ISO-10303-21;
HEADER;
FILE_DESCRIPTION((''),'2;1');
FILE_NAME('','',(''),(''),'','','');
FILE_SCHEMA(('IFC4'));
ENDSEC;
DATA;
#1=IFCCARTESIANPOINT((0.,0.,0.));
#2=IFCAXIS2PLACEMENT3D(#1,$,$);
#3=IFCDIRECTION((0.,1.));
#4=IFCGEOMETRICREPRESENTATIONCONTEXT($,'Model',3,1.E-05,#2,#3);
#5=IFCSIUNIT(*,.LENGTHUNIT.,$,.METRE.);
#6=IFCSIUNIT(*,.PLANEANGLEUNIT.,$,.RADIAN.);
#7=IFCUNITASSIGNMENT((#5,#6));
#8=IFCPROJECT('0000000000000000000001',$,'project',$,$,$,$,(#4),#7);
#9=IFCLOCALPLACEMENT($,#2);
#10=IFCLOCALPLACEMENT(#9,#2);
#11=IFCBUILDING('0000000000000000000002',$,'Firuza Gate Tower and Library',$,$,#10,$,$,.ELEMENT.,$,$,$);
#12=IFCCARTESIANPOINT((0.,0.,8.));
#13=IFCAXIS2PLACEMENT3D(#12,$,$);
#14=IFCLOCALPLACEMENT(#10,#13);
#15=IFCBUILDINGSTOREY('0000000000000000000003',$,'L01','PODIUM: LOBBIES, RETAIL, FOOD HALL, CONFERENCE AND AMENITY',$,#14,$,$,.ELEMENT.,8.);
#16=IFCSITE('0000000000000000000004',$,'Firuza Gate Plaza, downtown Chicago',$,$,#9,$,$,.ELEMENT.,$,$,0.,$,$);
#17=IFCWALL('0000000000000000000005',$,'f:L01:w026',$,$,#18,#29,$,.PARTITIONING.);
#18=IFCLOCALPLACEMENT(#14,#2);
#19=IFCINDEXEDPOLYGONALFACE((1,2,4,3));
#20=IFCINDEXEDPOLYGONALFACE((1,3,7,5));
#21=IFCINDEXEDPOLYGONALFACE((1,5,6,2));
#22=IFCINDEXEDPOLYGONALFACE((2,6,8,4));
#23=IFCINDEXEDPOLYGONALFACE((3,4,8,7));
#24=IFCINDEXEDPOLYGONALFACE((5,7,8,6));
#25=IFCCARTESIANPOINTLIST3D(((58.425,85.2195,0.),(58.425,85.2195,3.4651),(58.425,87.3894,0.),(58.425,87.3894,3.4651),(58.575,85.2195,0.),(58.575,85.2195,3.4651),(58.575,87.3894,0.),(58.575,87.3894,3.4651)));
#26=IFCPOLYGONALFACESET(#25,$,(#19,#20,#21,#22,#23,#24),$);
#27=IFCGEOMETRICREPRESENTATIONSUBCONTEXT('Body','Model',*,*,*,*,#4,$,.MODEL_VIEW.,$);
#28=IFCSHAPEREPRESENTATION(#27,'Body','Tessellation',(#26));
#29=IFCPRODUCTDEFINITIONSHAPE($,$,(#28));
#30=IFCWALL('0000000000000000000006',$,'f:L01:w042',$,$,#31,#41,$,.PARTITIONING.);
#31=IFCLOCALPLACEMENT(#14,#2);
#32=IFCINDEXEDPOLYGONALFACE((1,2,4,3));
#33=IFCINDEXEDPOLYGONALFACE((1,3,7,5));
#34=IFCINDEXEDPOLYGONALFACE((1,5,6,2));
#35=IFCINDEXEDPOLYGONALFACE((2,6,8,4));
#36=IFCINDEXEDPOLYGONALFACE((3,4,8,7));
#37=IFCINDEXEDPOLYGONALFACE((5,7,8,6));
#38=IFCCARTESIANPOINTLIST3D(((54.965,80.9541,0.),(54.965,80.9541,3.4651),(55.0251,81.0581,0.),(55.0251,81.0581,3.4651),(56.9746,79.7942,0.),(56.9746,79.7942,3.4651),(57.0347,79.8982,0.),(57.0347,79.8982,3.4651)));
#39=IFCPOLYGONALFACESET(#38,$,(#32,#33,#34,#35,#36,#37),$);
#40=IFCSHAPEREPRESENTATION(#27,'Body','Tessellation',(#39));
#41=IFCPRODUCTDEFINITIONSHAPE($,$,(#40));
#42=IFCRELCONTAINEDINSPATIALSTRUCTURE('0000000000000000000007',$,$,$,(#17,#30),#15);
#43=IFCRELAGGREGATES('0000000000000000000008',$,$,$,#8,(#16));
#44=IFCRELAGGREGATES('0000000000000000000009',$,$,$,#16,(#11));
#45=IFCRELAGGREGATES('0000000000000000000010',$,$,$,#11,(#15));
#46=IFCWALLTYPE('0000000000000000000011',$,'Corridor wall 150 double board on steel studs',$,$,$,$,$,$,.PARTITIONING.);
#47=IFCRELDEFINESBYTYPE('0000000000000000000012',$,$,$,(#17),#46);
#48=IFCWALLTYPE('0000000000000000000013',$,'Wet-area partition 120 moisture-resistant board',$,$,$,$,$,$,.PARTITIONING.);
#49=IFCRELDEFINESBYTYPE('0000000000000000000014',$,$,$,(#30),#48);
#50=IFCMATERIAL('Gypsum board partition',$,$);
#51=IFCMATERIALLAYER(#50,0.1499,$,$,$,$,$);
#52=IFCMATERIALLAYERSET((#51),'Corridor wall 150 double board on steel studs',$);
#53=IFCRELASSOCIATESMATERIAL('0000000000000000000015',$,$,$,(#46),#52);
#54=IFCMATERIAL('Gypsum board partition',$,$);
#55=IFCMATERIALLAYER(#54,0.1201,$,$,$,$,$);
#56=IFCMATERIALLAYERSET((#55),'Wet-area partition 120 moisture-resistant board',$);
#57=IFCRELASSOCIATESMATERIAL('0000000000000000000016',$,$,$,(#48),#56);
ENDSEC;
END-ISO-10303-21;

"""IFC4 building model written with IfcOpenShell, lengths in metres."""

from ifc_helpers import new_model, si_unit, direction, frame, frame_2d, origin, place, context, subcontext, project, spatial, rectangle, extrude, material, layer, layer_set, type_object, element, save


model = new_model("IFC4")

# Units and contexts
model_context = context("Model", 3, precision=1e-05, world=origin(), true_north=direction((0.0, 1.0)))
body_context = subcontext(model_context, "Body", "Model", "MODEL_VIEW")
ifc_project = project(units=[si_unit("LENGTHUNIT", "METRE"), si_unit("PLANEANGLEUNIT", "RADIAN")], contexts=[model_context])

# Site, building, storey
site_placement = place(None, origin())
site = spatial("IfcSite", under=ifc_project, at=site_placement, Name="Firuza Gate Plaza, downtown Chicago", CompositionType="ELEMENT", RefElevation=0.0)
building_placement = place(site_placement, origin())
building = spatial("IfcBuilding", under=site, at=building_placement, Name="Firuza Gate Tower and Library", CompositionType="ELEMENT")
storey_placement = place(building_placement, frame((0.0, 0.0, 8.0)))
storey = spatial("IfcBuildingStorey", under=building, at=storey_placement, Name="L01", Description="PODIUM: LOBBIES, RETAIL, FOOD HALL, CONFERENCE AND AMENITY", CompositionType="ELEMENT", Elevation=8.0)

# Shared definitions
ifc_material_1 = material(Name="Gypsum board partition")
ifc_layer_1 = layer(ifc_material_1, 0.1499)
ifc_layer_set_1 = layer_set([ifc_layer_1], Name="Corridor wall 150 double board on steel studs")
wall_type_1 = type_object("IfcWallType", Name="Corridor wall 150 double board on steel studs", PredefinedType="PARTITIONING", material=ifc_layer_set_1)

# Walls
wall_1_placement = place(storey_placement, frame((58.5, 85.2195, 0.0), z_axis=(0.0, 0.0, 1.0), x_axis=(0.0, 1.0, 0.0)))
element("IfcWall", 1, at=wall_1_placement, inside=storey, type_object=wall_type_1, Name="f:L01:w026", PredefinedType="PARTITIONING", context=body_context, shape_type="SweptSolid", body=[
    extrude(rectangle(XDim=2.1699, YDim=0.1499, at=frame_2d((1.085, 0.0))), origin(), (0.0, 0.0, 1.0), 3.4651),
])
ifc_material_2 = material(Name="Gypsum board partition")
ifc_layer_2 = layer(ifc_material_2, 0.1201)
ifc_layer_set_2 = layer_set([ifc_layer_2], Name="Wet-area partition 120 moisture-resistant board")
wall_type_2 = type_object("IfcWallType", Name="Wet-area partition 120 moisture-resistant board", PredefinedType="PARTITIONING", material=ifc_layer_set_2)
wall_2_placement = place(storey_placement, frame((57.0046, 79.8462, 0.0), z_axis=(0.0, 0.0, 1.0), x_axis=(-0.866079, 0.499908, 0.0)))
element("IfcWall", 2, at=wall_2_placement, inside=storey, type_object=wall_type_2, Name="f:L01:w042", PredefinedType="PARTITIONING", context=body_context, shape_type="SweptSolid", body=[
    extrude(rectangle(XDim=2.3203, YDim=0.1201, at=frame_2d((1.1602, 0.0))), origin(), (0.0, 0.0, 1.0), 3.4651),
])

save(model, "model.ifc")
